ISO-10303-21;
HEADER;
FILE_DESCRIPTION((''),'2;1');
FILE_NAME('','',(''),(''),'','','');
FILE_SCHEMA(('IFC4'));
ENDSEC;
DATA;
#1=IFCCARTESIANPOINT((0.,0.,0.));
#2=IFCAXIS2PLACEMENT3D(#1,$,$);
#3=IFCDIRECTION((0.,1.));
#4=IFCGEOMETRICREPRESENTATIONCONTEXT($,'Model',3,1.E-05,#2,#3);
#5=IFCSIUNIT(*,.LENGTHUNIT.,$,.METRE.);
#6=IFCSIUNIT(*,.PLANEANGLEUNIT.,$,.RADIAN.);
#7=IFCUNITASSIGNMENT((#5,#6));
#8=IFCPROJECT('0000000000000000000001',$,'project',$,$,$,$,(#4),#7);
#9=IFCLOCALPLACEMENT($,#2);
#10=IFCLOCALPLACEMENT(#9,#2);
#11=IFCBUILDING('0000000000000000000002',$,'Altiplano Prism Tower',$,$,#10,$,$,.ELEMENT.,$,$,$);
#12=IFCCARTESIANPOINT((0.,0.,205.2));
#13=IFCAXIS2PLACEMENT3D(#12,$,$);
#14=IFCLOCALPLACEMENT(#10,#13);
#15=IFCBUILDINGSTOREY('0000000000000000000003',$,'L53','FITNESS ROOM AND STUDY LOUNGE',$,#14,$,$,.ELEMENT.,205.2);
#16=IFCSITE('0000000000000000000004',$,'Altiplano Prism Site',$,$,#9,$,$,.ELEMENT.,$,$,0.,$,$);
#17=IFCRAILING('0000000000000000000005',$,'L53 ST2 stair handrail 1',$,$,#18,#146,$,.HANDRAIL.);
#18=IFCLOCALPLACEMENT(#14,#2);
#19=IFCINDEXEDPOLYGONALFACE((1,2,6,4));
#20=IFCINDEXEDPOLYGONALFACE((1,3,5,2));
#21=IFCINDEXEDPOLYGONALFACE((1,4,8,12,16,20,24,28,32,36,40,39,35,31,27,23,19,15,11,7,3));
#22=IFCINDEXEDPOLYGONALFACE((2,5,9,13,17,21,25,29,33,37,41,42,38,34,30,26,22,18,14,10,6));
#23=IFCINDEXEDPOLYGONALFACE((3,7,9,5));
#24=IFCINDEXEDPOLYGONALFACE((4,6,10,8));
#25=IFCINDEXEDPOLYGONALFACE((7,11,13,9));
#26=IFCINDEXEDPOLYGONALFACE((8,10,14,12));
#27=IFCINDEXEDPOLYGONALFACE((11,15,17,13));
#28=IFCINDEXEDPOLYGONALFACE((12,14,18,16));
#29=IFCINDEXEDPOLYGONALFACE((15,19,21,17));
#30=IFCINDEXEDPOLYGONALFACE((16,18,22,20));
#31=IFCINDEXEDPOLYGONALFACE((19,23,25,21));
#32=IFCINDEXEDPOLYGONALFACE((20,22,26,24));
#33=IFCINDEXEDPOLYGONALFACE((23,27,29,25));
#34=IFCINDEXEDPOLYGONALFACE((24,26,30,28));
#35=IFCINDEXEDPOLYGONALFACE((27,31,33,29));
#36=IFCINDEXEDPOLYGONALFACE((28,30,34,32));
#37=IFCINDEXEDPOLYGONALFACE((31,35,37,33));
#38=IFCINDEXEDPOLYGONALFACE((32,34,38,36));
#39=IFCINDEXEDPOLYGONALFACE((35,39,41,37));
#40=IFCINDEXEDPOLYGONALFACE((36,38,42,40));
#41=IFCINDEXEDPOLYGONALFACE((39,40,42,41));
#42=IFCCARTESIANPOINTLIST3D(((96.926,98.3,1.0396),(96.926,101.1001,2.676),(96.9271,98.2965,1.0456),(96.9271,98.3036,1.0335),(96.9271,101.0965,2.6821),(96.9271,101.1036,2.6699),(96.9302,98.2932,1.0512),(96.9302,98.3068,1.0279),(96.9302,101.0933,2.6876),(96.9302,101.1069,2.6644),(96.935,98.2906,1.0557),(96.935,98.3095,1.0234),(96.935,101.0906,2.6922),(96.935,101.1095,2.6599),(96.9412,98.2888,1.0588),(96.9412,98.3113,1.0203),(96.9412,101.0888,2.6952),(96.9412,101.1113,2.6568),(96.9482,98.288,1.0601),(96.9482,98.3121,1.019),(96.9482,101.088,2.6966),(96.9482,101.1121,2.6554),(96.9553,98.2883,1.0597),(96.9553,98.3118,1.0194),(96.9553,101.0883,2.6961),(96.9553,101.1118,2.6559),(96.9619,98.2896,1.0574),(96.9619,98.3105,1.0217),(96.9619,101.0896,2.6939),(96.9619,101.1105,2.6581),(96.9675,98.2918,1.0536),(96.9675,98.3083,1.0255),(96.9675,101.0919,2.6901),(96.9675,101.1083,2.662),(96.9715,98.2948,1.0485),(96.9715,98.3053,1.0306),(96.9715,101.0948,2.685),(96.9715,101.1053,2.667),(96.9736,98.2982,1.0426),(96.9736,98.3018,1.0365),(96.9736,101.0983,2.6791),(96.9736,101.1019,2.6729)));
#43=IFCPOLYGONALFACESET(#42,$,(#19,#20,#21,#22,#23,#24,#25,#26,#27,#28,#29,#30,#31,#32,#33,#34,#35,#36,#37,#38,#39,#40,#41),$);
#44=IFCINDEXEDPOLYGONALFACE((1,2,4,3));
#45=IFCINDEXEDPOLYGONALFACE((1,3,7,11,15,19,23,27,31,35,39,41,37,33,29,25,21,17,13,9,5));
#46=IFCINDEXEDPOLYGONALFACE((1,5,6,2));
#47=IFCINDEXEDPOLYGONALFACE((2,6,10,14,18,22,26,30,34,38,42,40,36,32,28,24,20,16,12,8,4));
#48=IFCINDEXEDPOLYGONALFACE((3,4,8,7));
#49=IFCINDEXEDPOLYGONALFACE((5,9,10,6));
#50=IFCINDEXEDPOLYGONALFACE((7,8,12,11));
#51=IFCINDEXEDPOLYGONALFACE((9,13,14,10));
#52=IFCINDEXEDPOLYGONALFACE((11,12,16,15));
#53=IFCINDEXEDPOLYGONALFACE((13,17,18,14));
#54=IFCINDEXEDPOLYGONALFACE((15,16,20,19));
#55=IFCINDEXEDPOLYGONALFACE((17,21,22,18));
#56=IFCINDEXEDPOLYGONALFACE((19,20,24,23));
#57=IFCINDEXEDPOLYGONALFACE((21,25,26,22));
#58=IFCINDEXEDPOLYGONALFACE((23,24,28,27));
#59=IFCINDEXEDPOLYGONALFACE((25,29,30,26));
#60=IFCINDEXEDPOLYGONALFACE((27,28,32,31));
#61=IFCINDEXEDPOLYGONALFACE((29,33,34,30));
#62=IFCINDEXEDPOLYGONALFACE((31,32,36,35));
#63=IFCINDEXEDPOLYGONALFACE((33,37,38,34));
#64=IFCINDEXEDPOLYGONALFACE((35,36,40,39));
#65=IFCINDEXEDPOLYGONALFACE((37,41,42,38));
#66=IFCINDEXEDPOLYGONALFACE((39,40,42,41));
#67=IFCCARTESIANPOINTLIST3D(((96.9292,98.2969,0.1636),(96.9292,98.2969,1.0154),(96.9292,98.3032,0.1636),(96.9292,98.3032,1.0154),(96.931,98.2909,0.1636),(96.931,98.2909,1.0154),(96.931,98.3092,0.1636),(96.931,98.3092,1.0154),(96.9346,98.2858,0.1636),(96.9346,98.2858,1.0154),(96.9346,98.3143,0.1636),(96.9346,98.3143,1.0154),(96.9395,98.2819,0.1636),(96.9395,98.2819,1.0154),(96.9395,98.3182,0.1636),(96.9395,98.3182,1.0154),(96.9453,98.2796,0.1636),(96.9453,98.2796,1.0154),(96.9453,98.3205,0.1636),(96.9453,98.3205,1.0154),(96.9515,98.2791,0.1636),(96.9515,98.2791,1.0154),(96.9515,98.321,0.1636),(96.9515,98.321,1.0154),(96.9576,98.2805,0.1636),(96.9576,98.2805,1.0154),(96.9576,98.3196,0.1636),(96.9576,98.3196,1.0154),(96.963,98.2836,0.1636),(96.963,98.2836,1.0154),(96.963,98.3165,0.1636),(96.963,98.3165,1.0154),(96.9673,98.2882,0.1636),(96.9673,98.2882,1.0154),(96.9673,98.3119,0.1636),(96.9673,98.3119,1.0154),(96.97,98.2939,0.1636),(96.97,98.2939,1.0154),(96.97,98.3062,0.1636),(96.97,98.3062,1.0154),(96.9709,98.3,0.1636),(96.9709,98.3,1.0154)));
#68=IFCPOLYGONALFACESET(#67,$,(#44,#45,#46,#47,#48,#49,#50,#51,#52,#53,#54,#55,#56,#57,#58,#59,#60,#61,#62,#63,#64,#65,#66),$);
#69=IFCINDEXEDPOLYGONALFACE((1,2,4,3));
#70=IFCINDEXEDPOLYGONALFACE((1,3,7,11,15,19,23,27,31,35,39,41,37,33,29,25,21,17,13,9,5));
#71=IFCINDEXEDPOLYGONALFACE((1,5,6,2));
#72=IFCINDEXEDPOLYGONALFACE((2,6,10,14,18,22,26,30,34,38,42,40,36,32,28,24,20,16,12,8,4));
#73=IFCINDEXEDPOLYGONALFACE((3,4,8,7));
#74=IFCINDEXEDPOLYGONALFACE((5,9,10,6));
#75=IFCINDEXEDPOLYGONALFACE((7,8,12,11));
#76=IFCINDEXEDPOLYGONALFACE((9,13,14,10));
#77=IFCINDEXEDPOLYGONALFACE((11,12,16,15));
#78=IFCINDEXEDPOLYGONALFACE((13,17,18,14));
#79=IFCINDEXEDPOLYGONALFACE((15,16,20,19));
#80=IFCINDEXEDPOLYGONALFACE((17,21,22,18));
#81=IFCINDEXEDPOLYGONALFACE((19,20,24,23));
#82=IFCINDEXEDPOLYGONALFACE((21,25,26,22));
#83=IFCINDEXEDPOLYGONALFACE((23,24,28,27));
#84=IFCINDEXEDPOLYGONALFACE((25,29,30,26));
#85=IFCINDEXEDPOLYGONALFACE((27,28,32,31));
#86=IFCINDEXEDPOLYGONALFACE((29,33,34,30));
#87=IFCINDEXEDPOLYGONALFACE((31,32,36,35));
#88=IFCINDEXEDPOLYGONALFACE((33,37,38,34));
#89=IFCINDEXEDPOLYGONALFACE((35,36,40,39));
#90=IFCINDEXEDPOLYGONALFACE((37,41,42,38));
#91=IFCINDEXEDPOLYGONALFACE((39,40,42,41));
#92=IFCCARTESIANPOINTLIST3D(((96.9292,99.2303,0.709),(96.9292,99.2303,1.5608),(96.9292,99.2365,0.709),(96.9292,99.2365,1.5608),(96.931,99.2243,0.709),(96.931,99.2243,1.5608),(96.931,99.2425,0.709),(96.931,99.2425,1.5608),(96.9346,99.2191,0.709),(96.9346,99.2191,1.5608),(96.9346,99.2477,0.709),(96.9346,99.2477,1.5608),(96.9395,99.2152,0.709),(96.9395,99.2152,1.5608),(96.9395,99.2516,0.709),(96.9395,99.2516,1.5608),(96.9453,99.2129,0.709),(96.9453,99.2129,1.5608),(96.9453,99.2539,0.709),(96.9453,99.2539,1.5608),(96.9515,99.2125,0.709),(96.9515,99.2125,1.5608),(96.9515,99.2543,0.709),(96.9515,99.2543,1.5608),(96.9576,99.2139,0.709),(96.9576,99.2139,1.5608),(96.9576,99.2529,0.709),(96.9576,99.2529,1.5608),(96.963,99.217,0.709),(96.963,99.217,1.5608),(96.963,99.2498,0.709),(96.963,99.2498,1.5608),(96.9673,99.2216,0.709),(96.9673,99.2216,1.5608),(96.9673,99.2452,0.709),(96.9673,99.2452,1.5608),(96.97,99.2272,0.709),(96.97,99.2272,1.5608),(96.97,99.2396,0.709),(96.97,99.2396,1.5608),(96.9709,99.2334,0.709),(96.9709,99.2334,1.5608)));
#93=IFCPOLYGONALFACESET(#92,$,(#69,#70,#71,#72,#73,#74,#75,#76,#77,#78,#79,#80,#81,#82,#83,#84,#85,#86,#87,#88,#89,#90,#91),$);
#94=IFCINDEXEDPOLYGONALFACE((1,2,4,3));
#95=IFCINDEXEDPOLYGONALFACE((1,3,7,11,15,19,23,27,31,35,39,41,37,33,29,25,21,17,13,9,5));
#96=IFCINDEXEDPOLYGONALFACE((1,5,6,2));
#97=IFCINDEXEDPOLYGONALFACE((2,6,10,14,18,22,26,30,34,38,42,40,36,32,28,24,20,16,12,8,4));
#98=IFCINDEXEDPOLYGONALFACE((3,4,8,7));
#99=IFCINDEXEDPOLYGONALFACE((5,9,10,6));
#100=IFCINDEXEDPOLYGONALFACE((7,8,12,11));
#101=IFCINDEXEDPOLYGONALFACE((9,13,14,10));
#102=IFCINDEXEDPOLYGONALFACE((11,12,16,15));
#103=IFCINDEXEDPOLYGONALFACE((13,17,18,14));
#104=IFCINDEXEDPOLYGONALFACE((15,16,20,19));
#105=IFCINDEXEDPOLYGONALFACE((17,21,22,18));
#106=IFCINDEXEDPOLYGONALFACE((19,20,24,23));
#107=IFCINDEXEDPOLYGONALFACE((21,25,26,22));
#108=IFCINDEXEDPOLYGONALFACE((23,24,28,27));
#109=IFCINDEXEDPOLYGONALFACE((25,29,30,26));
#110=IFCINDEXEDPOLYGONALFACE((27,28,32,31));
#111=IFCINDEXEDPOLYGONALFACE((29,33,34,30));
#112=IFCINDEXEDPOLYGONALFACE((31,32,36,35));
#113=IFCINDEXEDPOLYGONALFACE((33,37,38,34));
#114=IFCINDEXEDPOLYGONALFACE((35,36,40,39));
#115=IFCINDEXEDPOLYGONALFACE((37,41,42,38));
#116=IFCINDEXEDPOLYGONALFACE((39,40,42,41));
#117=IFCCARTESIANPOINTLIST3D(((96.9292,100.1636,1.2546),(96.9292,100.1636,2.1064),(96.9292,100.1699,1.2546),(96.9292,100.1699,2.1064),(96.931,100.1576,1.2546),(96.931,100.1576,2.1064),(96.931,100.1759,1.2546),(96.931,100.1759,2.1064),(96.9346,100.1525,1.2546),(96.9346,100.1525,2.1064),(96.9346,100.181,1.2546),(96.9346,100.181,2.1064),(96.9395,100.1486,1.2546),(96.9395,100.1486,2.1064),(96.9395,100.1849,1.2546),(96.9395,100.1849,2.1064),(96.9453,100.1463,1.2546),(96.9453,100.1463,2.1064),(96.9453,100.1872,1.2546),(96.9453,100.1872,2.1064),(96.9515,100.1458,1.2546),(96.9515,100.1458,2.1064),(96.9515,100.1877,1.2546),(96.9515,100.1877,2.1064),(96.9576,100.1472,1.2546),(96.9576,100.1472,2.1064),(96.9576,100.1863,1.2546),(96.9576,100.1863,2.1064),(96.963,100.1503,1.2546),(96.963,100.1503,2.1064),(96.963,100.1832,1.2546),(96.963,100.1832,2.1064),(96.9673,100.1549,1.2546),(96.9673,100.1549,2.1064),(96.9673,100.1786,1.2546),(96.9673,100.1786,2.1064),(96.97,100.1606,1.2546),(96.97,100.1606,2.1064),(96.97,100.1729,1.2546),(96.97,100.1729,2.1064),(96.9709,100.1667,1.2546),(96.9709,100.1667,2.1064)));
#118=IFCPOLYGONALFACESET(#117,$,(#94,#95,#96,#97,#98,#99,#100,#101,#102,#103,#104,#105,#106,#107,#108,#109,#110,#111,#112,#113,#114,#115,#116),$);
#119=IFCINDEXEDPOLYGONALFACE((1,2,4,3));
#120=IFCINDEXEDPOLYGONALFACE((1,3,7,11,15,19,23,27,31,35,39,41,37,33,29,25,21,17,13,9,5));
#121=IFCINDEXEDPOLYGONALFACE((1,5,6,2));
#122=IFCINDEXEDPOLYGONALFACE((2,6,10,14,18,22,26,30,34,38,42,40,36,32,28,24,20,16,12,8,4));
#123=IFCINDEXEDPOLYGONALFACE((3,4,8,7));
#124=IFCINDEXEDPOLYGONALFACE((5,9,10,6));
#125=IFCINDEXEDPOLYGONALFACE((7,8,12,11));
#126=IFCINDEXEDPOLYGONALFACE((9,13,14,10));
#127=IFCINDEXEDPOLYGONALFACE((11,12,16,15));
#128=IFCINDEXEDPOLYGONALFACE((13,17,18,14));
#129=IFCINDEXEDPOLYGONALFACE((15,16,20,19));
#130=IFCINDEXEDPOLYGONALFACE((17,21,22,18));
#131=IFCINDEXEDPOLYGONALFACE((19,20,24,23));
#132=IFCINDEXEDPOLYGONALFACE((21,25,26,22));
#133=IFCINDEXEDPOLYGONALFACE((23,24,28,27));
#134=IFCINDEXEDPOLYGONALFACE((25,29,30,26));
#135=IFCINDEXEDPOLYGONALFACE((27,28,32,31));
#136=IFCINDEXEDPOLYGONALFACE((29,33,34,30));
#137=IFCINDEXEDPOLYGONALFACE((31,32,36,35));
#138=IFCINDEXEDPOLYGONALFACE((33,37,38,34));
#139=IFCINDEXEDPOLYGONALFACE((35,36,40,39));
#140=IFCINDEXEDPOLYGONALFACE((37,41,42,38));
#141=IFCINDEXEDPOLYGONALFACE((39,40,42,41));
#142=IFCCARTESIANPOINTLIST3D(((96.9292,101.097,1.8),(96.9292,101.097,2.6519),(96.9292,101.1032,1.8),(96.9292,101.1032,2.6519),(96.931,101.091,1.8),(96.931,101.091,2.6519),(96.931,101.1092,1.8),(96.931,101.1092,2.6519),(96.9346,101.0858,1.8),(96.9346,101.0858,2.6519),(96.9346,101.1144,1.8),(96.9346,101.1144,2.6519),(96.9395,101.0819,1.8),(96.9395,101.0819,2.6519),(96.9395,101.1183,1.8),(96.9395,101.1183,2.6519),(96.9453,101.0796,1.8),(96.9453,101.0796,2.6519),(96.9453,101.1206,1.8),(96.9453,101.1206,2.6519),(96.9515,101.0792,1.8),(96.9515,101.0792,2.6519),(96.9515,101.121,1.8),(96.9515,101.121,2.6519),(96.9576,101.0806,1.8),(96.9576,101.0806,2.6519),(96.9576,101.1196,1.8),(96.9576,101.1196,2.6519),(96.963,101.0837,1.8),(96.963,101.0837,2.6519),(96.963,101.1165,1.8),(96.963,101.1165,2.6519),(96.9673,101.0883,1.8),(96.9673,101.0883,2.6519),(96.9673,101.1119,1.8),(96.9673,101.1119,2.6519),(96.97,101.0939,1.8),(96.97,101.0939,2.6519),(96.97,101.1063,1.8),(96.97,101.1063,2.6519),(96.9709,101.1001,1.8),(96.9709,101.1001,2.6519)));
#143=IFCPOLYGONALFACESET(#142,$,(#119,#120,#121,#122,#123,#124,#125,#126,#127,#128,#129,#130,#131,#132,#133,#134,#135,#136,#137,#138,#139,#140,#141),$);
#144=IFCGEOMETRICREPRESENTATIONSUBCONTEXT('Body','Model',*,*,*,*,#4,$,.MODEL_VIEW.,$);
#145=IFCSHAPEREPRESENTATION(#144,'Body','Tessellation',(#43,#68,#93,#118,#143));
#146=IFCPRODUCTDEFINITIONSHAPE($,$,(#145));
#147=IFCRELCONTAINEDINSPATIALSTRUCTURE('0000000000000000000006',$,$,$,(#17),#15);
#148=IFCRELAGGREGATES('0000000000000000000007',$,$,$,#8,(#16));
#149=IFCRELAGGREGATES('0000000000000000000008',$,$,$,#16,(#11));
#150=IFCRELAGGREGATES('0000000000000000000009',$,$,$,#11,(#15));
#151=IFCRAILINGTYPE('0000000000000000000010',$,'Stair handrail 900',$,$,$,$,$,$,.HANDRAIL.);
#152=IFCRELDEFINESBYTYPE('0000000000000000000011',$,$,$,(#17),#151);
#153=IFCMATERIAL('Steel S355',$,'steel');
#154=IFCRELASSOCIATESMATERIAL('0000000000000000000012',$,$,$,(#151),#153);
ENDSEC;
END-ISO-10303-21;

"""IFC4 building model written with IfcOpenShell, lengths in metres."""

from ifc_helpers import new_model, si_unit, direction, frame, origin, origin_2d, place, context, subcontext, project, spatial, circle, extrude, material, type_object, element, save


model = new_model("IFC4")

# Units and contexts
model_context = context("Model", 3, precision=1e-05, world=origin(), true_north=direction((0.0, 1.0)))
body_context = subcontext(model_context, "Body", "Model", "MODEL_VIEW")
ifc_project = project(units=[si_unit("LENGTHUNIT", "METRE"), si_unit("PLANEANGLEUNIT", "RADIAN")], contexts=[model_context])

# Site, building, storey
site_placement = place(None, origin())
site = spatial("IfcSite", under=ifc_project, at=site_placement, Name="Altiplano Prism Site", CompositionType="ELEMENT", RefElevation=0.0)
building_placement = place(site_placement, origin())
building = spatial("IfcBuilding", under=site, at=building_placement, Name="Altiplano Prism Tower", CompositionType="ELEMENT")
storey_placement = place(building_placement, frame((0.0, 0.0, 205.2)))
storey = spatial("IfcBuildingStorey", under=building, at=storey_placement, Name="L53", Description="FITNESS ROOM AND STUDY LOUNGE", CompositionType="ELEMENT", Elevation=205.2)

# Railing
ifc_material_1 = material(Name="Steel S355", Category="steel")
railing_type_1 = type_object("IfcRailingType", Name="Stair handrail 900", PredefinedType="HANDRAIL", material=ifc_material_1)
railing_1_placement = place(storey_placement, frame((96.95, 98.3, 0.1636)))
element("IfcRailing", 1, at=railing_1_placement, inside=storey, type_object=railing_type_1, Name="L53 ST2 stair handrail 1", PredefinedType="HANDRAIL", context=body_context, shape_type="SweptSolid", body=[
    extrude(circle(Radius=0.0239, at=origin_2d()), frame((0.0, 0.0, 0.876), z_axis=(0.0, 0.863361, 0.504587), x_axis=(-1.0, 0.0, 0.0)), (0.0, 0.0, 1.0), 3.2432),
    extrude(circle(Radius=0.021, at=origin_2d()), origin(), (0.0, 0.0, 1.0), 0.8518),
    extrude(circle(Radius=0.021, at=origin_2d()), frame((0.0, 0.9333, 0.5454)), (0.0, 0.0, 1.0), 0.8518),
    extrude(circle(Radius=0.021, at=origin_2d()), frame((0.0, 1.8667, 1.0911)), (0.0, 0.0, 1.0), 0.8518),
    extrude(circle(Radius=0.021, at=origin_2d()), frame((0.0, 2.8, 1.6365)), (0.0, 0.0, 1.0), 0.8518),
])

save(model, "model.ifc")
